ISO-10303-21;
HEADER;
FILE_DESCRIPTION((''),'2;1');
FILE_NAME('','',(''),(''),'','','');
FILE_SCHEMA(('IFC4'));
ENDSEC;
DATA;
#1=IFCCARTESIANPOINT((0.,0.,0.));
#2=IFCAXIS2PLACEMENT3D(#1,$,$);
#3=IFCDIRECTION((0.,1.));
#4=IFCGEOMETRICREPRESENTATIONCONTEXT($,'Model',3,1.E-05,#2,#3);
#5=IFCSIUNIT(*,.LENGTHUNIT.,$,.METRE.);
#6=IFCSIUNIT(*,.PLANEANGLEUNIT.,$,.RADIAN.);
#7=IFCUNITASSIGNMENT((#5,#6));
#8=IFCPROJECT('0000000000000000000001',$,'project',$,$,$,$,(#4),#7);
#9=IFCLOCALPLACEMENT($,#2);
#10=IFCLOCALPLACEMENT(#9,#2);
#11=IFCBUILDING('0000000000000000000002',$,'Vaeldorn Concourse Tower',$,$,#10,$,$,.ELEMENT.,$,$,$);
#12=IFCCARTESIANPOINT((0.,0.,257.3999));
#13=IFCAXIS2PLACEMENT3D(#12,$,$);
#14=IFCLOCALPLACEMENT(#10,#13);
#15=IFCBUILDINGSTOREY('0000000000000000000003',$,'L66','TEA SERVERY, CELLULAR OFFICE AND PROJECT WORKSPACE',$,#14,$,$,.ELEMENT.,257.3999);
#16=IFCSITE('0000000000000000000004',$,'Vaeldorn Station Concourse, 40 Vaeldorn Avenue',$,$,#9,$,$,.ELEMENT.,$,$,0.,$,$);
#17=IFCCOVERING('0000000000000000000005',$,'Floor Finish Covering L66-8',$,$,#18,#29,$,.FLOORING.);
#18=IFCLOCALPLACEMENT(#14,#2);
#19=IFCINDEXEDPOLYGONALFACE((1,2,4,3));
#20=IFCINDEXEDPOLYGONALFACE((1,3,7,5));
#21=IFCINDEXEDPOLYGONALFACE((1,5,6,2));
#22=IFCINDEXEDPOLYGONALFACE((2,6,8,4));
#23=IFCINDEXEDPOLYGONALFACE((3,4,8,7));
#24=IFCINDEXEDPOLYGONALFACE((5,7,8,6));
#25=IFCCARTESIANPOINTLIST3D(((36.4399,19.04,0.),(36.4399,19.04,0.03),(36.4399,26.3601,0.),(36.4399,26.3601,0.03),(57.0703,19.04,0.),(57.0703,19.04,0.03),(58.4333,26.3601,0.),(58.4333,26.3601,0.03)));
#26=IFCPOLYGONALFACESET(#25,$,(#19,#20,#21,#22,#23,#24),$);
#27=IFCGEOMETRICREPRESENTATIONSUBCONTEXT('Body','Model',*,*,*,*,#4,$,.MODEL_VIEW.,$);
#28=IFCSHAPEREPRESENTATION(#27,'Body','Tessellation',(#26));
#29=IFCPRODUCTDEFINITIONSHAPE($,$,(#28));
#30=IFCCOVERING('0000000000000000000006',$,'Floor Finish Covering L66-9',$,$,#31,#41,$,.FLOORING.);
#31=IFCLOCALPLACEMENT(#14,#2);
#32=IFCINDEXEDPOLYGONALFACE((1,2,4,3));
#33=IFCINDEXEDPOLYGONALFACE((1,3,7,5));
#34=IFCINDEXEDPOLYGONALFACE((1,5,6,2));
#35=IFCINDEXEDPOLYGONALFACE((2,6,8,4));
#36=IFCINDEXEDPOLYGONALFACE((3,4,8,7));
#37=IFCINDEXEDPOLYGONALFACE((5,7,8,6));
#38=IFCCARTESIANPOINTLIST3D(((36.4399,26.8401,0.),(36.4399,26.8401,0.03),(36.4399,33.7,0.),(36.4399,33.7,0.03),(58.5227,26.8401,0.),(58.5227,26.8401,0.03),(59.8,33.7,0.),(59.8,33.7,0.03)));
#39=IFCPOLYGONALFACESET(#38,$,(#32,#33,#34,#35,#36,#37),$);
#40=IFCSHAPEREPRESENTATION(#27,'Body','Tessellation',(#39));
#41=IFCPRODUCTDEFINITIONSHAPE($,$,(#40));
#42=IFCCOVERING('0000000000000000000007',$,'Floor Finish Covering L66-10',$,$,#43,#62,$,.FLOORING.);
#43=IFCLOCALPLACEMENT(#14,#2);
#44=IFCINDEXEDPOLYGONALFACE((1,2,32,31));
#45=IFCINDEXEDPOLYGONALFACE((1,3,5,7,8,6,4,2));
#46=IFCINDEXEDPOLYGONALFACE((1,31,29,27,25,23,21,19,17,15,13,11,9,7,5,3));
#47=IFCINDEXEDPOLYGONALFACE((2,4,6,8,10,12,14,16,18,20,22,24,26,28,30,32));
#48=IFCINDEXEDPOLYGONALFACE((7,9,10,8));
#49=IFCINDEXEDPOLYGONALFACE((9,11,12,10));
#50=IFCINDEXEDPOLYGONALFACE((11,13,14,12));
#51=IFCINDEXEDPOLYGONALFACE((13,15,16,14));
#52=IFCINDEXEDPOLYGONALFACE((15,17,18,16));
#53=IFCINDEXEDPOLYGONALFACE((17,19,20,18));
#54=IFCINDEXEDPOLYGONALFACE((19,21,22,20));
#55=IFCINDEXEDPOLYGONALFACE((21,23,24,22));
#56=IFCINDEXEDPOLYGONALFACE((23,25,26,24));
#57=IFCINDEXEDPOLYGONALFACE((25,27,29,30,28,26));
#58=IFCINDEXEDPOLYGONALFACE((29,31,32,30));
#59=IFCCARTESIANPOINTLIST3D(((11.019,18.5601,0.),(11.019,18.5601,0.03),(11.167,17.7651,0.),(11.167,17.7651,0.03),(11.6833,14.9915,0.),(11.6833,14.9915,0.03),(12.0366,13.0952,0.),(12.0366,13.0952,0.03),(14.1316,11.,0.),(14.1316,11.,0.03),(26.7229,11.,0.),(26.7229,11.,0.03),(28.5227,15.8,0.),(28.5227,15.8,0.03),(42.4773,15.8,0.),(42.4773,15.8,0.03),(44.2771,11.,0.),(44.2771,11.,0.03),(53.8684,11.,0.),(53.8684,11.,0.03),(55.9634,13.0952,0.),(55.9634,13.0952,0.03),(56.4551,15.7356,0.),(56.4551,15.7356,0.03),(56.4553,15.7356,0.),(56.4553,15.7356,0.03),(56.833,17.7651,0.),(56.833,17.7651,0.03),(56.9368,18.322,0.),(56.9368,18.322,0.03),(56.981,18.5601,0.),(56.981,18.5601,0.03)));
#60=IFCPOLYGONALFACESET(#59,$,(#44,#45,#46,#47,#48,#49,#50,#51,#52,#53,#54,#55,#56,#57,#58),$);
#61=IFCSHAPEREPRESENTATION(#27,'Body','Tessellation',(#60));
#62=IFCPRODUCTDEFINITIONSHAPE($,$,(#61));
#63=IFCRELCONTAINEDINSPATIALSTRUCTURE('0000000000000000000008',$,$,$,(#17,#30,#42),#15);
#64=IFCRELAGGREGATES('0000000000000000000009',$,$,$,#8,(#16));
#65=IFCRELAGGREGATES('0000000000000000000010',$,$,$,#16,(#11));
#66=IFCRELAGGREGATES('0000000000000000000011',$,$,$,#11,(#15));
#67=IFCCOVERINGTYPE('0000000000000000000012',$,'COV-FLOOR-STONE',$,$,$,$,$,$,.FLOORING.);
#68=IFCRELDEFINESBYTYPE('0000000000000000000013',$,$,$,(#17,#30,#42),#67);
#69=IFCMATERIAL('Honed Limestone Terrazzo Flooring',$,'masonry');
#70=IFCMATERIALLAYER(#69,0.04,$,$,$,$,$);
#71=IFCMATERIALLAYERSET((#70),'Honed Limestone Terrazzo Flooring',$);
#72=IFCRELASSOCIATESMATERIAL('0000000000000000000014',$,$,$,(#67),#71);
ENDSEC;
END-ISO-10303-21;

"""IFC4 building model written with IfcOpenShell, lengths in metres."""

from ifc_helpers import new_model, si_unit, direction, frame, origin, place, context, subcontext, project, spatial, polyline, outline, extrude, material, layer, layer_set, type_object, element, save


model = new_model("IFC4")

# Units and contexts
model_context = context("Model", 3, precision=1e-05, world=origin(), true_north=direction((0.0, 1.0)))
body_context = subcontext(model_context, "Body", "Model", "MODEL_VIEW")
ifc_project = project(units=[si_unit("LENGTHUNIT", "METRE"), si_unit("PLANEANGLEUNIT", "RADIAN")], contexts=[model_context])

# Site, building, storey
site_placement = place(None, origin())
site = spatial("IfcSite", under=ifc_project, at=site_placement, Name="Vaeldorn Station Concourse, 40 Vaeldorn Avenue", CompositionType="ELEMENT", RefElevation=0.0)
building_placement = place(site_placement, origin())
building = spatial("IfcBuilding", under=site, at=building_placement, Name="Vaeldorn Concourse Tower", CompositionType="ELEMENT")
storey_placement = place(building_placement, frame((0.0, 0.0, 257.3999)))
storey = spatial("IfcBuildingStorey", under=building, at=storey_placement, Name="L66", Description="TEA SERVERY, CELLULAR OFFICE AND PROJECT WORKSPACE", CompositionType="ELEMENT", Elevation=257.3999)

# Coverings
ifc_material_1 = material(Name="Honed Limestone Terrazzo Flooring", Category="masonry")
ifc_layer_1 = layer(ifc_material_1, 0.04)
ifc_layer_set_1 = layer_set([ifc_layer_1], Name="Honed Limestone Terrazzo Flooring")
covering_type_1 = type_object("IfcCoveringType", Name="COV-FLOOR-STONE", PredefinedType="FLOORING", material=ifc_layer_set_1)
covering_1_placement = place(storey_placement, origin())
element("IfcCovering", 1, at=covering_1_placement, inside=storey, type_object=covering_type_1, Name="Floor Finish Covering L66-8", PredefinedType="FLOORING", context=body_context, shape_type="SweptSolid", body=[
    extrude(outline(polyline([(36.4399, 19.04), (36.4399, 26.3601), (58.4333, 26.3601), (57.0703, 19.04), (36.4399, 19.04)])), origin(), (0.0, 0.0, 1.0), 0.03),
])
covering_2_placement = place(storey_placement, origin())
element("IfcCovering", 2, at=covering_2_placement, inside=storey, type_object=covering_type_1, Name="Floor Finish Covering L66-9", PredefinedType="FLOORING", context=body_context, shape_type="SweptSolid", body=[
    extrude(outline(polyline([(36.4399, 26.8401), (36.4399, 33.7), (59.8, 33.7), (58.5227, 26.8401), (36.4399, 26.8401)])), origin(), (0.0, 0.0, 1.0), 0.03),
])
covering_3_placement = place(storey_placement, origin())
element("IfcCovering", 3, at=covering_3_placement, inside=storey, type_object=covering_type_1, Name="Floor Finish Covering L66-10", PredefinedType="FLOORING", context=body_context, shape_type="SweptSolid", body=[
    extrude(outline(polyline([(56.981, 18.5601), (56.9368, 18.322), (56.833, 17.7651), (56.4553, 15.7356), (56.4551, 15.7356), (55.9634, 13.0952), (53.8684, 11.0), (44.2771, 11.0), (42.4773, 15.8), (28.5227, 15.8), (26.7229, 11.0), (14.1316, 11.0), (12.0366, 13.0952), (11.6833, 14.9915), (11.167, 17.7651), (11.019, 18.5601), (56.981, 18.5601)])), origin(), (0.0, 0.0, 1.0), 0.03),
])

save(model, "model.ifc")
